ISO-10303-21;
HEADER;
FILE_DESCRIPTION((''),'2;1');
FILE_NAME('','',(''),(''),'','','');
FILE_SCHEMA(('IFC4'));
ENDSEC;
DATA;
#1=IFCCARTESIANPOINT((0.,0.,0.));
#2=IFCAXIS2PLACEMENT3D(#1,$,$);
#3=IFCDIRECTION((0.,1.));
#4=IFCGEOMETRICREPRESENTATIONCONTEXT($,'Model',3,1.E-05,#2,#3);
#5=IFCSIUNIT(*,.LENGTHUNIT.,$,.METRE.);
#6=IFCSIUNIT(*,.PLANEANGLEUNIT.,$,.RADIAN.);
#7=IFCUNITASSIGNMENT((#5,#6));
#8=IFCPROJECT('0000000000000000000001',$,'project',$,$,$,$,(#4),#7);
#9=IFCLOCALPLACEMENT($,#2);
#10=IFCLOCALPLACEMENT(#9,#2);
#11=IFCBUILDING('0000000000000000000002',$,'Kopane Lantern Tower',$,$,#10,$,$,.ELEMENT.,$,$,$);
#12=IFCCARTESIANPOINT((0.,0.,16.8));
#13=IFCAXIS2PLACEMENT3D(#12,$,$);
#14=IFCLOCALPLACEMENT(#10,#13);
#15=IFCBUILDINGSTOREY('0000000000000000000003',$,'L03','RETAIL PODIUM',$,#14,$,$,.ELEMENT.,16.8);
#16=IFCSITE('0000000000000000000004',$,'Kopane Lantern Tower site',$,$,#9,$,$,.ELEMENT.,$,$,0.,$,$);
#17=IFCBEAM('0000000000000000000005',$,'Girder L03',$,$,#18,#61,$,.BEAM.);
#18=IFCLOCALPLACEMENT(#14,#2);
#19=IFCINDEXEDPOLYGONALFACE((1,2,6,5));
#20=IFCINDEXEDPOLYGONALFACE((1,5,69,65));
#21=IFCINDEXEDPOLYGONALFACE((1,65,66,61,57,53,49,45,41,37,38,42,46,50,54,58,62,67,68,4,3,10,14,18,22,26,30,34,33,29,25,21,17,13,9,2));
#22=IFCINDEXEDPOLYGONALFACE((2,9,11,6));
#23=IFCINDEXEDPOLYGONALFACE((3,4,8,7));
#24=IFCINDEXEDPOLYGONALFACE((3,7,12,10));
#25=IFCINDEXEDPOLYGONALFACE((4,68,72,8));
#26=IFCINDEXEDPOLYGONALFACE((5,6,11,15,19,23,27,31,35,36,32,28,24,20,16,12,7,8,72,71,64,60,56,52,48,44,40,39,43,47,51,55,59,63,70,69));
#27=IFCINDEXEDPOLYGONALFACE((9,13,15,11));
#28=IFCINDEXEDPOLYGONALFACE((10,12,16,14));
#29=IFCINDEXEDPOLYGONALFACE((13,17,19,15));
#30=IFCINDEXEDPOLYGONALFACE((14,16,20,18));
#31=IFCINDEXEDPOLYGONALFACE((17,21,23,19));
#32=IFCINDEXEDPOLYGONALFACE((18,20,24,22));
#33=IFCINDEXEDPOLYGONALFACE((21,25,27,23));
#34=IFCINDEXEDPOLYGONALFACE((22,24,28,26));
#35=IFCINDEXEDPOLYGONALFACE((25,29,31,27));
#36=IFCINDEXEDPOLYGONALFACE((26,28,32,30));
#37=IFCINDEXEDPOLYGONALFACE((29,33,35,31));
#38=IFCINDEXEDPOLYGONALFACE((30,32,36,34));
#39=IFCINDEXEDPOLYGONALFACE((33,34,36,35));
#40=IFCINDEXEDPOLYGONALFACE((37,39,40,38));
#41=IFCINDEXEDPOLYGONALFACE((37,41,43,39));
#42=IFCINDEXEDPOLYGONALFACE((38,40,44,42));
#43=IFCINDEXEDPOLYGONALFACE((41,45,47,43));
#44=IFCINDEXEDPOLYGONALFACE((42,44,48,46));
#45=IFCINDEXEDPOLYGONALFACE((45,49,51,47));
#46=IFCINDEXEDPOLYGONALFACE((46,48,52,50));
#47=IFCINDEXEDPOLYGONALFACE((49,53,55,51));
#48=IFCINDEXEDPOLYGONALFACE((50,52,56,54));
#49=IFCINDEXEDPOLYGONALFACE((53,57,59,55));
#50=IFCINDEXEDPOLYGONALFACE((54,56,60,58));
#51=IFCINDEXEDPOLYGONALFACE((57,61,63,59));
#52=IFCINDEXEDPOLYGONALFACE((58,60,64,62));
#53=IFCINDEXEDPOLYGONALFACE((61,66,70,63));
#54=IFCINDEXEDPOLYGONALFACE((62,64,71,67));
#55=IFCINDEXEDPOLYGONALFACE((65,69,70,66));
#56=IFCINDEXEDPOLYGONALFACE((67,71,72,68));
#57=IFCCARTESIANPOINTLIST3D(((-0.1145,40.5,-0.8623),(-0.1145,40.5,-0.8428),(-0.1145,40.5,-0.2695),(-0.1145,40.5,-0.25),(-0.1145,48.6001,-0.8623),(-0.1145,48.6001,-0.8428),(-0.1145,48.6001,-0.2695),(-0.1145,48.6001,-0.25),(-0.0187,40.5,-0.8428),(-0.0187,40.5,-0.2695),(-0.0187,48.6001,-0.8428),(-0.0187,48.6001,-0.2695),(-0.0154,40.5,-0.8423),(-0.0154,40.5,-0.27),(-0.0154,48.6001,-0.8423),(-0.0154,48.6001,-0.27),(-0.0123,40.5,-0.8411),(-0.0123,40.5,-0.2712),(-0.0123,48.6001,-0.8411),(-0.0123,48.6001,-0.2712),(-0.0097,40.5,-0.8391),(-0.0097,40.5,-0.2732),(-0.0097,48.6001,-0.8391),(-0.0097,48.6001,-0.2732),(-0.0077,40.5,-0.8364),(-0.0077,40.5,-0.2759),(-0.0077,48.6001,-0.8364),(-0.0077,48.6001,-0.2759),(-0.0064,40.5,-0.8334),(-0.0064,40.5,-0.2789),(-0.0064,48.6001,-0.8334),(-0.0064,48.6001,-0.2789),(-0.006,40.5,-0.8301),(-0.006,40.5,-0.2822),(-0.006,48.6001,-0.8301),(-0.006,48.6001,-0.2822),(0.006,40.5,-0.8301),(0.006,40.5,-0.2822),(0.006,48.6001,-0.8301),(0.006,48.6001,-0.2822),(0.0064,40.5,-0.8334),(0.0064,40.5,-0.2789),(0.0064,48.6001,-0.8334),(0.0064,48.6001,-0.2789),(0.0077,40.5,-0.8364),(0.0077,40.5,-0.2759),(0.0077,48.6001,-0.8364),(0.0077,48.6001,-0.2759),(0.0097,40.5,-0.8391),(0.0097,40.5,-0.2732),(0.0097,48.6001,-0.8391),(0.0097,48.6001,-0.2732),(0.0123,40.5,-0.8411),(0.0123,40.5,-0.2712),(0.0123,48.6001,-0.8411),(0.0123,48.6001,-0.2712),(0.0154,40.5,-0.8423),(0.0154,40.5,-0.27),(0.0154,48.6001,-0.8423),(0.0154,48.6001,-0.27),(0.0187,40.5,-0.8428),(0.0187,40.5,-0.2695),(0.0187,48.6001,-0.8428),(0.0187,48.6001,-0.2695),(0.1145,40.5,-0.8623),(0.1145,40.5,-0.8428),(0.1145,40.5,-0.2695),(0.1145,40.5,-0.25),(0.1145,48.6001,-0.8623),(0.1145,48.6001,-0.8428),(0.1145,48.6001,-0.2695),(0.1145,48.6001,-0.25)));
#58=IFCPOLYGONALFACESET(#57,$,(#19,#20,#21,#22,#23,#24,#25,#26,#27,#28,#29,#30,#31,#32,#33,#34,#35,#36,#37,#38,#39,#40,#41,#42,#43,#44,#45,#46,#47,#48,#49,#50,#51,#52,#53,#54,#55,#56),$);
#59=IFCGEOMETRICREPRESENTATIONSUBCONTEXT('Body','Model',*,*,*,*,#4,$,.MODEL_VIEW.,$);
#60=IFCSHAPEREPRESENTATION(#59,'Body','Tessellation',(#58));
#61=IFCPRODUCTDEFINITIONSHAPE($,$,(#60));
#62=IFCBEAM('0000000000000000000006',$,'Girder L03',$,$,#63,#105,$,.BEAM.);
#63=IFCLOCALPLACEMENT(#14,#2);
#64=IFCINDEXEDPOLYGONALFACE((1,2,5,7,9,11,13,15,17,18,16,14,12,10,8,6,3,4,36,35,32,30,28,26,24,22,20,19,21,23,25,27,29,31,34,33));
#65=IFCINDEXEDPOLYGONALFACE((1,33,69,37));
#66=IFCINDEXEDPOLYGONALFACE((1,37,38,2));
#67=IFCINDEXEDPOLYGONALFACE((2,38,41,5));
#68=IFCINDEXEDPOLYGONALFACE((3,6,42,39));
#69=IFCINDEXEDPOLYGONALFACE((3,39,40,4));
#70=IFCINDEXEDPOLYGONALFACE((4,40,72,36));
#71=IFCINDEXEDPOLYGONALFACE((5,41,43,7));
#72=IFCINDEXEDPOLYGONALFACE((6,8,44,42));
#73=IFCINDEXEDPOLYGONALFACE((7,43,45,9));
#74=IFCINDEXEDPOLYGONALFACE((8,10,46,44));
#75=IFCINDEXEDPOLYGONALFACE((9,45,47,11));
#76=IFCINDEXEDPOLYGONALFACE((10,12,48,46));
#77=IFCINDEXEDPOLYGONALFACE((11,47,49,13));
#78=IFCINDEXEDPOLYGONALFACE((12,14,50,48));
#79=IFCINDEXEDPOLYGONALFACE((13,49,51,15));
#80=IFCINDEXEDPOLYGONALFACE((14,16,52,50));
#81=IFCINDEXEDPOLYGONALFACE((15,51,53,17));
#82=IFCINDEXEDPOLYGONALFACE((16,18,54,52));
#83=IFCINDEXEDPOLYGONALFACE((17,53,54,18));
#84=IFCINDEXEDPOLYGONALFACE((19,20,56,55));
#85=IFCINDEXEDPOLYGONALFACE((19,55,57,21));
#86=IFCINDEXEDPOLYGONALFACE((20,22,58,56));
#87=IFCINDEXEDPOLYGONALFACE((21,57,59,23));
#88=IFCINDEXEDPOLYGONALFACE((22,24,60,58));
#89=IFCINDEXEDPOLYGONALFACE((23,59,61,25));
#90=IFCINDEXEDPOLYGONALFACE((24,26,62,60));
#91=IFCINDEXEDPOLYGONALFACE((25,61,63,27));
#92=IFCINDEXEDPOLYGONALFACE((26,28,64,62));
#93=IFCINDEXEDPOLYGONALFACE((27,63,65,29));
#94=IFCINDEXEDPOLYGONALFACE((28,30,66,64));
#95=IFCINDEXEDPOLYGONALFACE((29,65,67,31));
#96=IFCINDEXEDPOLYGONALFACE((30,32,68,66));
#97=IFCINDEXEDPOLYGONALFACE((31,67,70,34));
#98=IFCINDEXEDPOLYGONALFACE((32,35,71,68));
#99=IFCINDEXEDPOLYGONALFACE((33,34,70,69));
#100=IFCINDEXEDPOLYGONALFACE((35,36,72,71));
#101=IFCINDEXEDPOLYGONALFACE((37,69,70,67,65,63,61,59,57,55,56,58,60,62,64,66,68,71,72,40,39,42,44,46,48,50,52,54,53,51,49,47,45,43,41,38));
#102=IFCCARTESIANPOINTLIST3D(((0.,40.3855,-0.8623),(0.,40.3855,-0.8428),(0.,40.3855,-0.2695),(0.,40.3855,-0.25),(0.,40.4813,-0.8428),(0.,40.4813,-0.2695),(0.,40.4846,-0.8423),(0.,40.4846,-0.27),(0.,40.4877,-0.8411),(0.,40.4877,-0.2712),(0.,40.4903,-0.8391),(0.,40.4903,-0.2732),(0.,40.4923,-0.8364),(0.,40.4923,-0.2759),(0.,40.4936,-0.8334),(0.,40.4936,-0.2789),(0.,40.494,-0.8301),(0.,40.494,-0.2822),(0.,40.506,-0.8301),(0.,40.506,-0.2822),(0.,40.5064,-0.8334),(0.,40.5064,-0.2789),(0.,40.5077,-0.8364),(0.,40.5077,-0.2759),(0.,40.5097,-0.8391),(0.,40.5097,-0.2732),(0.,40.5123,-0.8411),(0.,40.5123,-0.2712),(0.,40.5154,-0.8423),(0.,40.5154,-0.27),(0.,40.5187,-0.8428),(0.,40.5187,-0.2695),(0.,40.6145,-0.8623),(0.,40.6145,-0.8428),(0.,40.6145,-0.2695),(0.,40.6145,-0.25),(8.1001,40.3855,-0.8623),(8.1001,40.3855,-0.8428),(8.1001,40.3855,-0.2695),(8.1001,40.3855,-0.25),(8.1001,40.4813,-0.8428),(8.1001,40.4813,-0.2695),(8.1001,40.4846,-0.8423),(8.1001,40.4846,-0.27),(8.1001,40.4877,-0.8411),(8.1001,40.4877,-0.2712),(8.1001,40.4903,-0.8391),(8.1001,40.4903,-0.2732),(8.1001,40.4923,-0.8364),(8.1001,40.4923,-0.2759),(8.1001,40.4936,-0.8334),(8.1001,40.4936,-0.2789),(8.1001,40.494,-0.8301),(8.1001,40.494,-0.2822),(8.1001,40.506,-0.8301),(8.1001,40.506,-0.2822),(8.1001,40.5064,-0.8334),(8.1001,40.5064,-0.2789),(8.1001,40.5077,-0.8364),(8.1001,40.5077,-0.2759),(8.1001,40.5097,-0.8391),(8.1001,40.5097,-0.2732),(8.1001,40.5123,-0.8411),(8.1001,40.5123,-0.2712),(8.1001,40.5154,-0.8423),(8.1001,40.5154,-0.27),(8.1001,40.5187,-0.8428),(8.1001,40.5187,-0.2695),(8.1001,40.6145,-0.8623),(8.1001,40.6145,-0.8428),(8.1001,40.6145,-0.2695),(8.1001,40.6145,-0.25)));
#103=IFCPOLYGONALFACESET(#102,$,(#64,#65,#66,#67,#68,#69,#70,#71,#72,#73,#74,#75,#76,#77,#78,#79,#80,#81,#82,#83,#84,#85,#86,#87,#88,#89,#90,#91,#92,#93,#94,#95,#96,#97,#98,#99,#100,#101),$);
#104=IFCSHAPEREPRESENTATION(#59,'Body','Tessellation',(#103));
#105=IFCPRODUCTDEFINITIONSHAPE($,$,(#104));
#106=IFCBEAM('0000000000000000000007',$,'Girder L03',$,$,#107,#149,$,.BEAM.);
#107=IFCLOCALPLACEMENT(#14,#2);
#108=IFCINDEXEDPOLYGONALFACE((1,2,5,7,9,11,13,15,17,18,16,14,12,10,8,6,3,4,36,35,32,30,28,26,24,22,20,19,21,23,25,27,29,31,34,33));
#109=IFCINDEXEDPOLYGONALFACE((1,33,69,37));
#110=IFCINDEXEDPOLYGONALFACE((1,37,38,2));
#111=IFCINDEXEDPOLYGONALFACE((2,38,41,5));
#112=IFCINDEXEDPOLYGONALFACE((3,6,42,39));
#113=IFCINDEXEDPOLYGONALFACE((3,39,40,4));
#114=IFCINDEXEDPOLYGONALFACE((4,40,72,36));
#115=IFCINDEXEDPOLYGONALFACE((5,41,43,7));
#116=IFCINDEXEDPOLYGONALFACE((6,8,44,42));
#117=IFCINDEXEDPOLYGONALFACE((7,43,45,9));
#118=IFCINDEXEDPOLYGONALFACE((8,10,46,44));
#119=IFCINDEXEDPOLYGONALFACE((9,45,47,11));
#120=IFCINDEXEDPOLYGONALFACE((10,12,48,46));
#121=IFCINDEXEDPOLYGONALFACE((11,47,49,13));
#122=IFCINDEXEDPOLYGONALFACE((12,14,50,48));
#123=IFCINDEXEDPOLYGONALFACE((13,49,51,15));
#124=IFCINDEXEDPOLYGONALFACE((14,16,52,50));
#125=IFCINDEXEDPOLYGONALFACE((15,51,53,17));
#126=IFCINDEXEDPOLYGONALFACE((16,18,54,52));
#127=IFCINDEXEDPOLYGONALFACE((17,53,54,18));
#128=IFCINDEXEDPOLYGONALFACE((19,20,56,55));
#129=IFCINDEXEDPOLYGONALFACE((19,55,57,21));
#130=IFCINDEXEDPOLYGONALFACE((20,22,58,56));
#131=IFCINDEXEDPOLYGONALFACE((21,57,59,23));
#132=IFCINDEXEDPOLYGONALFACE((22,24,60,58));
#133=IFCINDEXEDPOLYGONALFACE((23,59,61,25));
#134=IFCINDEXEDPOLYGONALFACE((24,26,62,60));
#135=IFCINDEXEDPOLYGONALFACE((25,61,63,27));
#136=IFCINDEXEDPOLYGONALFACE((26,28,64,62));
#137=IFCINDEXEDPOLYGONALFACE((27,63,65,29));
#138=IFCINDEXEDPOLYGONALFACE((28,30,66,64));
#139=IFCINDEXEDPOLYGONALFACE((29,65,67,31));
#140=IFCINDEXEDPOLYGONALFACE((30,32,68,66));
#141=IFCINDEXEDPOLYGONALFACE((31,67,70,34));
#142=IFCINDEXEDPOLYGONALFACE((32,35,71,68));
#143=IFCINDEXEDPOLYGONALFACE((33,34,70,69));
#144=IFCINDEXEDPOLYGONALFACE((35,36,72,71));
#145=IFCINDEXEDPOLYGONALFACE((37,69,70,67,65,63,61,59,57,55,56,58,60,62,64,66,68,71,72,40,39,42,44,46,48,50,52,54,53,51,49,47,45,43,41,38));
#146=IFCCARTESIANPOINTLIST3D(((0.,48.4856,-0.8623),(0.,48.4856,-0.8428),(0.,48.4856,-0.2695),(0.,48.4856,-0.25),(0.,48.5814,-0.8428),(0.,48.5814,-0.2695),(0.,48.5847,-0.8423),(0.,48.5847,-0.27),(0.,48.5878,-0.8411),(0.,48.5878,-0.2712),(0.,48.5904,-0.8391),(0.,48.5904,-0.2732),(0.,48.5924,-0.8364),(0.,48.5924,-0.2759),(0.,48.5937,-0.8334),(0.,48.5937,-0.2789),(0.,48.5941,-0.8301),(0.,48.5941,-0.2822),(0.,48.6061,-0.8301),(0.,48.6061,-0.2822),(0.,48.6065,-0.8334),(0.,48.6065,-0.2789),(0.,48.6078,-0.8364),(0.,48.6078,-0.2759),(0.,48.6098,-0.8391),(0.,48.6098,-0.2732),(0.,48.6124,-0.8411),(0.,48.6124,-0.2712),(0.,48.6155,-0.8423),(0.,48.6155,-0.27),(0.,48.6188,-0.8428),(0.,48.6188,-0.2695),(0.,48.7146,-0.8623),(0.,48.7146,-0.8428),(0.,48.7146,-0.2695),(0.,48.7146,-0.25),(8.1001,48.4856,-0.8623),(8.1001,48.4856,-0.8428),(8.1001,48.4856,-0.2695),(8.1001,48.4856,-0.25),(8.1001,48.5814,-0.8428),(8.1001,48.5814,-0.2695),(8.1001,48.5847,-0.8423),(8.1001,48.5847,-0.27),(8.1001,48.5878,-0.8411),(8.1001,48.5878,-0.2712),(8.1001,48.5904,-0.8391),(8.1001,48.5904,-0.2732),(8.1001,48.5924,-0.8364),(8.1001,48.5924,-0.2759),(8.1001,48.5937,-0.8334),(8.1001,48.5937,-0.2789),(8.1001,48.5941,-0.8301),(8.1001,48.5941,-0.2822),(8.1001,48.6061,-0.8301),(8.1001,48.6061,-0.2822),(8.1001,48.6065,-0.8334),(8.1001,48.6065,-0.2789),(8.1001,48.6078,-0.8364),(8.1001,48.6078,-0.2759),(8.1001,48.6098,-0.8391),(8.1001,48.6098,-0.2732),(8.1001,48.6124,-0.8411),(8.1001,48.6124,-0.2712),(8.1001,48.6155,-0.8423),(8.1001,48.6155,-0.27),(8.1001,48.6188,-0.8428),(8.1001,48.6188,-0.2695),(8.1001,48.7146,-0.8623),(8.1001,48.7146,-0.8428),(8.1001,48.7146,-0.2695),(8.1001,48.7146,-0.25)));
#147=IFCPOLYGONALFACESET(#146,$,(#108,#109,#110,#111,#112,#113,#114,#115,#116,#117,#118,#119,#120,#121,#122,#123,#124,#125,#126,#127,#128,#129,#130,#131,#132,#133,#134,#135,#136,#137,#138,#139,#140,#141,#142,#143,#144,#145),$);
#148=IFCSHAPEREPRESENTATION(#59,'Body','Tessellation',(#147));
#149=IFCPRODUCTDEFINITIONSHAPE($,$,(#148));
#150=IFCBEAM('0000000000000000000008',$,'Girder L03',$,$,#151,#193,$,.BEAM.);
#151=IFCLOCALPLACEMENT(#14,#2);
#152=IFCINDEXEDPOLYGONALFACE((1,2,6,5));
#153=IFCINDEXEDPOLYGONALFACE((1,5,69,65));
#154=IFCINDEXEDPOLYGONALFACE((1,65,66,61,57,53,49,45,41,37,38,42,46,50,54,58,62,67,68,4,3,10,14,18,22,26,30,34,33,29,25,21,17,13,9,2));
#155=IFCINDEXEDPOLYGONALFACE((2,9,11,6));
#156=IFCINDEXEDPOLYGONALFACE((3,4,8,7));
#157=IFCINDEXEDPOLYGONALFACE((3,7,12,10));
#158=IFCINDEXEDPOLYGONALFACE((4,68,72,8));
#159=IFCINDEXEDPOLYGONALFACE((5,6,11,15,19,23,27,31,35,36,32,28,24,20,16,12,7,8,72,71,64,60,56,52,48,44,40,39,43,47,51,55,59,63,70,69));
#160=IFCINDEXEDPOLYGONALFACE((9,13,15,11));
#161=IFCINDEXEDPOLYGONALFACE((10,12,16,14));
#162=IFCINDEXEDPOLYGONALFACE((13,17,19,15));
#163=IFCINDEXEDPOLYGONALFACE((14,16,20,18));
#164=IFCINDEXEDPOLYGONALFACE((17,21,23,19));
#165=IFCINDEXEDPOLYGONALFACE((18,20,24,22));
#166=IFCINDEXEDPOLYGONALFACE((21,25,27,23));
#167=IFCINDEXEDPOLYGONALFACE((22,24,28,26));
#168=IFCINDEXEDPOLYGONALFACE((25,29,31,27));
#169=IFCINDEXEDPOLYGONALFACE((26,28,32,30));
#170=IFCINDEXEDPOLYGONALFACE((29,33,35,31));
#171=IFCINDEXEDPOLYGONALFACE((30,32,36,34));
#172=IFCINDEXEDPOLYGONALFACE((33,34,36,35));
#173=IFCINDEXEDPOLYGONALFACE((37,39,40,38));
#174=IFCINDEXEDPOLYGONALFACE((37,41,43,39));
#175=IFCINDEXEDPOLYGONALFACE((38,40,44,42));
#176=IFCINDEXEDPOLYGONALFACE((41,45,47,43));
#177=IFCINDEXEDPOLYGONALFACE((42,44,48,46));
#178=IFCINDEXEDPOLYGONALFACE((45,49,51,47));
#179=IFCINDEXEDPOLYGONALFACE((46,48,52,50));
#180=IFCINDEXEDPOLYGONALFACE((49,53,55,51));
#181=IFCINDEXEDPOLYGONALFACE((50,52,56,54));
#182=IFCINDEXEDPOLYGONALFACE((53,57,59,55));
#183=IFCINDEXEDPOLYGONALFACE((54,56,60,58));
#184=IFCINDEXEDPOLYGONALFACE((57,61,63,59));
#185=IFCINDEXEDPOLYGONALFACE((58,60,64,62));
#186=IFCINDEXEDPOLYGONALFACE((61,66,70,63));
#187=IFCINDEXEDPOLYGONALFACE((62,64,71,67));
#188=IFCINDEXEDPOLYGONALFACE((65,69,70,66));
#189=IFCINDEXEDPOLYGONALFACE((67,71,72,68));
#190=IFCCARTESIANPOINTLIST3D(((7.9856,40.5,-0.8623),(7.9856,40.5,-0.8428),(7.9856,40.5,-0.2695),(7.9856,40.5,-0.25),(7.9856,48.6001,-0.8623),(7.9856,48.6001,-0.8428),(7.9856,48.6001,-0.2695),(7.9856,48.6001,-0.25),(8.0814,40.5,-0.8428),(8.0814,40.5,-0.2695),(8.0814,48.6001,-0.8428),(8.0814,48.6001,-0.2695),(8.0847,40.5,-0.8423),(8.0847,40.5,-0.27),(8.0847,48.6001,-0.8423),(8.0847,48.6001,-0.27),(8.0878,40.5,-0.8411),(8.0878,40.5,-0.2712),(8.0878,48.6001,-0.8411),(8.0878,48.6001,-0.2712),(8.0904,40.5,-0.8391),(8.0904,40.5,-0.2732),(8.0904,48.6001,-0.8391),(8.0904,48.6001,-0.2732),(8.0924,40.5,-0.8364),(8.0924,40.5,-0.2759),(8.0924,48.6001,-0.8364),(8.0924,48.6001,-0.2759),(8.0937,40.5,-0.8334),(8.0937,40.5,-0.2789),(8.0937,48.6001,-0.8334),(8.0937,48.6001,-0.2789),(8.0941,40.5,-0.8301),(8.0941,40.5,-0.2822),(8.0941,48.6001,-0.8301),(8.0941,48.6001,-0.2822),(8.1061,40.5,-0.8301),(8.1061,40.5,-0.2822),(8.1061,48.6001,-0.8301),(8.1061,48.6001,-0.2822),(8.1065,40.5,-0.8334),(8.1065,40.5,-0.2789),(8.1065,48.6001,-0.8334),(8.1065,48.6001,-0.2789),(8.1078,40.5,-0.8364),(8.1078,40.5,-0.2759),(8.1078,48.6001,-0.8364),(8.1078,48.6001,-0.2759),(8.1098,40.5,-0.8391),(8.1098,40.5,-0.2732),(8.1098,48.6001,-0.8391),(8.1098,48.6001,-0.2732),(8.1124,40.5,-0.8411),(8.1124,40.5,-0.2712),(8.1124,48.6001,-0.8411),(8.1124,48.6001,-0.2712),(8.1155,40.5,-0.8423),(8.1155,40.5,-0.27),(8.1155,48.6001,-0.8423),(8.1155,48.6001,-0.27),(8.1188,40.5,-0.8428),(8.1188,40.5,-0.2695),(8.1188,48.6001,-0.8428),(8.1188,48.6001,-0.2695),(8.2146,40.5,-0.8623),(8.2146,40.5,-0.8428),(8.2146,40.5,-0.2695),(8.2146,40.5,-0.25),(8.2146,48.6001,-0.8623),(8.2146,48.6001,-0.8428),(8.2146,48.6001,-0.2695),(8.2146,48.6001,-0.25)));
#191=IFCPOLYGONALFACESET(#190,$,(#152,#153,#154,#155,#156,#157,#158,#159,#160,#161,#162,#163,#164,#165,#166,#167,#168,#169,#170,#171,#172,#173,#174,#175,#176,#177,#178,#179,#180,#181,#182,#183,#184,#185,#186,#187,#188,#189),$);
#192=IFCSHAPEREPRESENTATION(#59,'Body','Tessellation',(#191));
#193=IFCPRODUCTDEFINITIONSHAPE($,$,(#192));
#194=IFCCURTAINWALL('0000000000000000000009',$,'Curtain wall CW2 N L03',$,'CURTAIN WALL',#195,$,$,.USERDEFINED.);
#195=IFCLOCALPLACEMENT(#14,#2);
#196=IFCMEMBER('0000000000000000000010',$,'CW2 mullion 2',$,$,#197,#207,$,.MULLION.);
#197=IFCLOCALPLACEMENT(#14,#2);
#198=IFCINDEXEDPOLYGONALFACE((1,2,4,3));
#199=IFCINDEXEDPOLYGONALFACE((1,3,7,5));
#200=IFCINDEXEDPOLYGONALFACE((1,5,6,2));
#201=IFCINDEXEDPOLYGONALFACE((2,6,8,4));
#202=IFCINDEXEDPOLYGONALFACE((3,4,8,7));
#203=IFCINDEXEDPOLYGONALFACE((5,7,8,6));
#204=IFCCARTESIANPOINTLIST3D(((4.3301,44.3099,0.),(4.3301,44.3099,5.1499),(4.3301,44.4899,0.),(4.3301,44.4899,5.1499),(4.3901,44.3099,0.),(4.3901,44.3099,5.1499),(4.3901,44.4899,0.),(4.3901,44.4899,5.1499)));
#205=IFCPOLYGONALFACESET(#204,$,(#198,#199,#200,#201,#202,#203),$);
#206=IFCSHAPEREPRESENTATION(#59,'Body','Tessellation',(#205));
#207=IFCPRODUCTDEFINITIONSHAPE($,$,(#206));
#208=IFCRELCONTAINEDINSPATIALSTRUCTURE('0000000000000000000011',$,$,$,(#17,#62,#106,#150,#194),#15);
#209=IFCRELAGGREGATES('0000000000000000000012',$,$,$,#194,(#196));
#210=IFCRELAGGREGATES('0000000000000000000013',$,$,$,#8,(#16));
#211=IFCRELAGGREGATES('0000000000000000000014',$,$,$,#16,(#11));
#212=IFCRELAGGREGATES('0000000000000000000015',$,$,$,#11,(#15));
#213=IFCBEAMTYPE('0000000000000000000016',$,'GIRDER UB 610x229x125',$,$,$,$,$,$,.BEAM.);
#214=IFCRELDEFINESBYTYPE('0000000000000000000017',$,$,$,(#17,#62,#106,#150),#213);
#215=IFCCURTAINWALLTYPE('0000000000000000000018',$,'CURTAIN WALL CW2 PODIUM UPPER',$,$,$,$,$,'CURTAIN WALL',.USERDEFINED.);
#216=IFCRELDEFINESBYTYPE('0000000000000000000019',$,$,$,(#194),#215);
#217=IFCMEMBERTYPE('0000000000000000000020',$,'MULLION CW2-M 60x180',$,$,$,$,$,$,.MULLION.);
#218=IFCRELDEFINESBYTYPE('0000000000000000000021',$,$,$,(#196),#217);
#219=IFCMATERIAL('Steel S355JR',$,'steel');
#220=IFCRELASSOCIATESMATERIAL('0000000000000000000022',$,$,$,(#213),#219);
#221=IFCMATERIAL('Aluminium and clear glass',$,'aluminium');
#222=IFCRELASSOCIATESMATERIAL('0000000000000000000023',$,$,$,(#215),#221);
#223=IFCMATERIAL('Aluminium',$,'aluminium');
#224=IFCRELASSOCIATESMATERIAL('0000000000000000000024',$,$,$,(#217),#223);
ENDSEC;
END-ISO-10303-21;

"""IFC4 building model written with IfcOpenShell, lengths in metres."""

from ifc_helpers import new_model, si_unit, direction, frame, origin, origin_2d, place, context, subcontext, project, spatial, rectangle, i_section, extrude, material, material_profile, profile_set, type_object, element, aggregate, save


model = new_model("IFC4")

# Units and contexts
model_context = context("Model", 3, precision=1e-05, world=origin(), true_north=direction((0.0, 1.0)))
body_context = subcontext(model_context, "Body", "Model", "MODEL_VIEW")
ifc_project = project(units=[si_unit("LENGTHUNIT", "METRE"), si_unit("PLANEANGLEUNIT", "RADIAN")], contexts=[model_context])

# Site, building, storey
site_placement = place(None, origin())
site = spatial("IfcSite", under=ifc_project, at=site_placement, Name="Kopane Lantern Tower site", CompositionType="ELEMENT", RefElevation=0.0)
building_placement = place(site_placement, origin())
building = spatial("IfcBuilding", under=site, at=building_placement, Name="Kopane Lantern Tower", CompositionType="ELEMENT")
storey_placement = place(building_placement, frame((0.0, 0.0, 16.8)))
storey = spatial("IfcBuildingStorey", under=building, at=storey_placement, Name="L03", Description="RETAIL PODIUM", CompositionType="ELEMENT", Elevation=16.8)

# Beams
ifc_material_1 = material(Name="Steel S355JR", Category="steel")
ifc_material_profile_1 = material_profile(ifc_material_1, i_section(OverallWidth=0.229, OverallDepth=0.6123, WebThickness=0.012, FlangeThickness=0.0195, FilletRadius=0.0127, at=origin_2d()), Name="UB 610x229x125")
ifc_profile_set_1 = profile_set([ifc_material_profile_1], Name="Steel S355JR")
beam_type = type_object("IfcBeamType", Name="GIRDER UB 610x229x125", PredefinedType="BEAM", material=ifc_profile_set_1)
for number, where, z_axis, x_axis, name in (
    (1, (0.0, 40.5, -0.5562), (0.0, 1.0, 0.0), (-1.0, 0.0, 0.0), "Girder L03"),
    (2, (0.0, 40.5, -0.5562), (1.0, 0.0, 0.0), (0.0, 1.0, 0.0), "Girder L03"),
    (3, (0.0, 48.6001, -0.5562), (1.0, 0.0, 0.0), (0.0, 1.0, 0.0), "Girder L03"),
    (4, (8.1001, 40.5, -0.5562), (0.0, 1.0, 0.0), (-1.0, 0.0, 0.0), "Girder L03"),
):
    element("IfcBeam", number, at=place(storey_placement, frame(where, z_axis=z_axis, x_axis=x_axis)), inside=storey, type_object=beam_type, Name=name, PredefinedType="BEAM", context=body_context, shape_type="SweptSolid", body=[
        extrude(i_section(OverallWidth=0.229, OverallDepth=0.6123, WebThickness=0.012, FlangeThickness=0.0195, FilletRadius=0.0127, at=origin_2d()), origin(), (0.0, 0.0, 1.0), 8.1001),
    ])

# Curtain wall, member
ifc_material_2 = material(Name="Aluminium and clear glass", Category="aluminium")
curtain_wall_type = type_object("IfcCurtainWallType", Name="CURTAIN WALL CW2 PODIUM UPPER", ElementType="CURTAIN WALL", PredefinedType="USERDEFINED", material=ifc_material_2)
curtain_wall_1_placement = place(storey_placement, origin())
curtain_wall_1 = element("IfcCurtainWall", 5, at=curtain_wall_1_placement, inside=storey, type_object=curtain_wall_type, Name="Curtain wall CW2 N L03", ObjectType="CURTAIN WALL", PredefinedType="USERDEFINED")
ifc_material_3 = material(Name="Aluminium", Category="aluminium")
ifc_material_profile_2 = material_profile(ifc_material_3, rectangle(XDim=0.0601, YDim=0.1799, at=origin_2d()), Name="AL 60x180")
ifc_profile_set_2 = profile_set([ifc_material_profile_2], Name="Aluminium")
member_type_1 = type_object("IfcMemberType", Name="MULLION CW2-M 60x180", PredefinedType="MULLION", material=ifc_profile_set_2)
member_1_placement = place(storey_placement, frame((4.3601, 44.3999, 0.0), z_axis=(0.0, 0.0, 1.0), x_axis=(-1.0, 0.0, 0.0)))
member_1 = element("IfcMember", 6, at=member_1_placement, type_object=member_type_1, Name="CW2 mullion 2", PredefinedType="MULLION", context=body_context, shape_type="SweptSolid", body=[
    extrude(rectangle(XDim=0.0601, YDim=0.1799, at=origin_2d()), origin(), (0.0, 0.0, 1.0), 5.1499),
])

aggregate(curtain_wall_1, [member_1])

save(model, "model.ifc")
